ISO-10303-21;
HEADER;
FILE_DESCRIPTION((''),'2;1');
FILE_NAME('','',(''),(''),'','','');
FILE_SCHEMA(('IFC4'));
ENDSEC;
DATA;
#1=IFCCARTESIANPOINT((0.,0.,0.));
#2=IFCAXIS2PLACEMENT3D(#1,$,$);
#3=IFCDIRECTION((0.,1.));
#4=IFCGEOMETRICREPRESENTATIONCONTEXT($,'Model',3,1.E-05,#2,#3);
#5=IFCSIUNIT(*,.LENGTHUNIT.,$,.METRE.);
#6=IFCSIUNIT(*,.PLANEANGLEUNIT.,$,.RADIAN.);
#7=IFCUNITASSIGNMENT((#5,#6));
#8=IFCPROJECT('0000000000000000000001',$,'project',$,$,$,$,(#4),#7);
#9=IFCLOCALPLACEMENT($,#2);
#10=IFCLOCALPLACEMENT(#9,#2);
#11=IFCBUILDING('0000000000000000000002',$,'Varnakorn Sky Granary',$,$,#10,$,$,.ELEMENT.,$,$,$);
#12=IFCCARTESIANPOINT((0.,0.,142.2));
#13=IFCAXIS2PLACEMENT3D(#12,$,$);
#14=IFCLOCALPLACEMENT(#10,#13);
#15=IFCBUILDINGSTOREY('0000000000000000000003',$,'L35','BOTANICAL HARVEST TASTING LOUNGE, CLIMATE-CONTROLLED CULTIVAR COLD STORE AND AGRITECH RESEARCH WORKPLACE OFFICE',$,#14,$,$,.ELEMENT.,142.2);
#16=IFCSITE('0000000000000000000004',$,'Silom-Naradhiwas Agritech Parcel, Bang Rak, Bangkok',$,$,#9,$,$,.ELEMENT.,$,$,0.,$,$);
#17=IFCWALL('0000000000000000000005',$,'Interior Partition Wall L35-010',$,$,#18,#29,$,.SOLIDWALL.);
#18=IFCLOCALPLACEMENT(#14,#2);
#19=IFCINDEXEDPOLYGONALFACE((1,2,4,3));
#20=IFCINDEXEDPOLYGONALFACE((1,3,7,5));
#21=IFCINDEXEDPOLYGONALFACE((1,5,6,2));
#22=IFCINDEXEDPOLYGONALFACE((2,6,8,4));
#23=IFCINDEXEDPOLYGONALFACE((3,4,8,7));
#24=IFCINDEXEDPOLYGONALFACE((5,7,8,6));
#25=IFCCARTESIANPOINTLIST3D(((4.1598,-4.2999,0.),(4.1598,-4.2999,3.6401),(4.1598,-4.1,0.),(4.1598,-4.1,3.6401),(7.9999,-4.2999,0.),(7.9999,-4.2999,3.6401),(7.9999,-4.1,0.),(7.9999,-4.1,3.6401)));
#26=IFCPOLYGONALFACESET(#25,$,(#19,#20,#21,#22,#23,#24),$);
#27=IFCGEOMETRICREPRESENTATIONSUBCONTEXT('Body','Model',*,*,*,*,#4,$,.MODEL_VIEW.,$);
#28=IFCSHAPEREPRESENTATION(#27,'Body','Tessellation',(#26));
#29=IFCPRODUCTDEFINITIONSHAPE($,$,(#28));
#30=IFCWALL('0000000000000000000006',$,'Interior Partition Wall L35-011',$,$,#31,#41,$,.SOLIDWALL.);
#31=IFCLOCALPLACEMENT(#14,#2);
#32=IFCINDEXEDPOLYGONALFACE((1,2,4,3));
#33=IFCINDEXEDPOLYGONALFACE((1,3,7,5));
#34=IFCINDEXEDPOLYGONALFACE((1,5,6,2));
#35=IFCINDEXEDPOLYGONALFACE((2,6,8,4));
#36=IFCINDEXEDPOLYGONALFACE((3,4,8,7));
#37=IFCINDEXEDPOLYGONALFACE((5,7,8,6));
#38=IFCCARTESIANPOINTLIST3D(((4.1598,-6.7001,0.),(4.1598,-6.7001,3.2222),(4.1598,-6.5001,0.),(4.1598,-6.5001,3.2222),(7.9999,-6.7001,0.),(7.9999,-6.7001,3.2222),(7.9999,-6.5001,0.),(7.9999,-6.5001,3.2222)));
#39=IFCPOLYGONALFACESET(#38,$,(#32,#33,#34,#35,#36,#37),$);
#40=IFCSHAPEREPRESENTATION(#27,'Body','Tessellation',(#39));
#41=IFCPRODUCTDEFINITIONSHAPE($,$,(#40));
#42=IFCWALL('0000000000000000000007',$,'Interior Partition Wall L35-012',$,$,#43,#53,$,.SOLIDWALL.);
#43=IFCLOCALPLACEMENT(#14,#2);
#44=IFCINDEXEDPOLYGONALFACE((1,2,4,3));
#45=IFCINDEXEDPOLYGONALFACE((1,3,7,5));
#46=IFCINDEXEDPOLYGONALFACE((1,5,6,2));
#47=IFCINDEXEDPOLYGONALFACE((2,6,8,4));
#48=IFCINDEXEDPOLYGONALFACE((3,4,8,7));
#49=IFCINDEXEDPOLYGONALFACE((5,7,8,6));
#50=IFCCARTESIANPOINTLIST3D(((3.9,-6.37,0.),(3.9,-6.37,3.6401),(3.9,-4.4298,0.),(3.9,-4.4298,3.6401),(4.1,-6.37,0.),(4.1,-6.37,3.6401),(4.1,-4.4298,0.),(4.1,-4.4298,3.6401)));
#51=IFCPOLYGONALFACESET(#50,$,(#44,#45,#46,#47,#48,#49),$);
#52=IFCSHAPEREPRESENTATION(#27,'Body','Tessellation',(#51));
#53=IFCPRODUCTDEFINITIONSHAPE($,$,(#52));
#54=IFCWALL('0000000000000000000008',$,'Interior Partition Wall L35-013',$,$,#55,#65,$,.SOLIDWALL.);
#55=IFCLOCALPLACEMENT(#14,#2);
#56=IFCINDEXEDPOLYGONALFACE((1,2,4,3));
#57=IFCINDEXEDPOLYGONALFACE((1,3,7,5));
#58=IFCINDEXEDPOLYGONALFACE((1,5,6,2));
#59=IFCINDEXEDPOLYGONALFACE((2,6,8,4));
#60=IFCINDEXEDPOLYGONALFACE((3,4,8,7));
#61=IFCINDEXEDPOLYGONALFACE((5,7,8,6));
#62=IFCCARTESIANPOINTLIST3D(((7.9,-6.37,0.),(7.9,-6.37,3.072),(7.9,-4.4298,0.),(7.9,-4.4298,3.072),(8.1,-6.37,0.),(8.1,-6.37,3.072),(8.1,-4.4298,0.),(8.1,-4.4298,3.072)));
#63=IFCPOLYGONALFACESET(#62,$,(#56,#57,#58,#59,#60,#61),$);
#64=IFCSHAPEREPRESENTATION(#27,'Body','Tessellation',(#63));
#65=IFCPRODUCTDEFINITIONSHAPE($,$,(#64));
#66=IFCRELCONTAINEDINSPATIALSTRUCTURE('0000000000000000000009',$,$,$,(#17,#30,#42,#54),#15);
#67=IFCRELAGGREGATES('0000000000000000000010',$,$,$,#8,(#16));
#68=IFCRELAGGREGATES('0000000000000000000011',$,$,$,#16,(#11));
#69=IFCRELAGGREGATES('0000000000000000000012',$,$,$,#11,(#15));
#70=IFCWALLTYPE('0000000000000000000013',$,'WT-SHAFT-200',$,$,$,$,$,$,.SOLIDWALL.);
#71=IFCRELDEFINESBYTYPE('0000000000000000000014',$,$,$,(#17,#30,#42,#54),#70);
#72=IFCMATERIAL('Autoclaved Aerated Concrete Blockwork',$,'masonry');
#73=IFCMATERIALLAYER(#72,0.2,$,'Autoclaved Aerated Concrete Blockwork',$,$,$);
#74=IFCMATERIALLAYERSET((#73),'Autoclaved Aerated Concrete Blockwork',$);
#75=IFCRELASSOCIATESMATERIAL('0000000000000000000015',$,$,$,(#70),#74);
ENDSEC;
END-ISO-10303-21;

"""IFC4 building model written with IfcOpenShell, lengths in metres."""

from ifc_helpers import new_model, si_unit, direction, frame, frame_2d, origin, place, context, subcontext, project, spatial, rectangle, extrude, material, layer, layer_set, type_object, element, save


model = new_model("IFC4")

# Units and contexts
model_context = context("Model", 3, precision=1e-05, world=origin(), true_north=direction((0.0, 1.0)))
body_context = subcontext(model_context, "Body", "Model", "MODEL_VIEW")
ifc_project = project(units=[si_unit("LENGTHUNIT", "METRE"), si_unit("PLANEANGLEUNIT", "RADIAN")], contexts=[model_context])

# Site, building, storey
site_placement = place(None, origin())
site = spatial("IfcSite", under=ifc_project, at=site_placement, Name="Silom-Naradhiwas Agritech Parcel, Bang Rak, Bangkok", CompositionType="ELEMENT", RefElevation=0.0)
building_placement = place(site_placement, origin())
building = spatial("IfcBuilding", under=site, at=building_placement, Name="Varnakorn Sky Granary", CompositionType="ELEMENT")
storey_placement = place(building_placement, frame((0.0, 0.0, 142.2)))
storey = spatial("IfcBuildingStorey", under=building, at=storey_placement, Name="L35", Description="BOTANICAL HARVEST TASTING LOUNGE, CLIMATE-CONTROLLED CULTIVAR COLD STORE AND AGRITECH RESEARCH WORKPLACE OFFICE", CompositionType="ELEMENT", Elevation=142.2)

# Shared definitions
ifc_material_1 = material(Name="Autoclaved Aerated Concrete Blockwork", Category="masonry")

# Walls
ifc_layer_1 = layer(ifc_material_1, 0.2, Name="Autoclaved Aerated Concrete Blockwork")
ifc_layer_set_1 = layer_set([ifc_layer_1], Name="Autoclaved Aerated Concrete Blockwork")
wall_type_1 = type_object("IfcWallType", Name="WT-SHAFT-200", PredefinedType="SOLIDWALL", material=ifc_layer_set_1)
wall_1_placement = place(storey_placement, frame((4.1599, -4.2, 0.0), z_axis=(0.0, 0.0, 1.0), x_axis=(1.0, 0.0, 0.0)))
element("IfcWall", 1, at=wall_1_placement, inside=storey, type_object=wall_type_1, Name="Interior Partition Wall L35-010", PredefinedType="SOLIDWALL", context=body_context, shape_type="SweptSolid", body=[
    extrude(rectangle(XDim=3.8401, YDim=0.2, at=frame_2d((1.9199, 0.0))), origin(), (0.0, 0.0, 1.0), 3.6401),
])
wall_2_placement = place(storey_placement, frame((4.1599, -6.6001, 0.0), z_axis=(0.0, 0.0, 1.0), x_axis=(1.0, 0.0, 0.0)))
element("IfcWall", 2, at=wall_2_placement, inside=storey, type_object=wall_type_1, Name="Interior Partition Wall L35-011", PredefinedType="SOLIDWALL", context=body_context, shape_type="SweptSolid", body=[
    extrude(rectangle(XDim=3.8401, YDim=0.2, at=frame_2d((1.9199, 0.0))), origin(), (0.0, 0.0, 1.0), 3.2222),
])
wall_3_placement = place(storey_placement, frame((4.0, -6.3701, 0.0), z_axis=(0.0, 0.0, 1.0), x_axis=(0.0, 1.0, 0.0)))
element("IfcWall", 3, at=wall_3_placement, inside=storey, type_object=wall_type_1, Name="Interior Partition Wall L35-012", PredefinedType="SOLIDWALL", context=body_context, shape_type="SweptSolid", body=[
    extrude(rectangle(XDim=1.9402, YDim=0.2, at=frame_2d((0.9702, 0.0))), origin(), (0.0, 0.0, 1.0), 3.6401),
])
wall_4_placement = place(storey_placement, frame((8.0, -6.3701, 0.0), z_axis=(0.0, 0.0, 1.0), x_axis=(0.0, 1.0, 0.0)))
element("IfcWall", 4, at=wall_4_placement, inside=storey, type_object=wall_type_1, Name="Interior Partition Wall L35-013", PredefinedType="SOLIDWALL", context=body_context, shape_type="SweptSolid", body=[
    extrude(rectangle(XDim=1.9402, YDim=0.2, at=frame_2d((0.9702, 0.0))), origin(), (0.0, 0.0, 1.0), 3.072),
])

save(model, "model.ifc")
